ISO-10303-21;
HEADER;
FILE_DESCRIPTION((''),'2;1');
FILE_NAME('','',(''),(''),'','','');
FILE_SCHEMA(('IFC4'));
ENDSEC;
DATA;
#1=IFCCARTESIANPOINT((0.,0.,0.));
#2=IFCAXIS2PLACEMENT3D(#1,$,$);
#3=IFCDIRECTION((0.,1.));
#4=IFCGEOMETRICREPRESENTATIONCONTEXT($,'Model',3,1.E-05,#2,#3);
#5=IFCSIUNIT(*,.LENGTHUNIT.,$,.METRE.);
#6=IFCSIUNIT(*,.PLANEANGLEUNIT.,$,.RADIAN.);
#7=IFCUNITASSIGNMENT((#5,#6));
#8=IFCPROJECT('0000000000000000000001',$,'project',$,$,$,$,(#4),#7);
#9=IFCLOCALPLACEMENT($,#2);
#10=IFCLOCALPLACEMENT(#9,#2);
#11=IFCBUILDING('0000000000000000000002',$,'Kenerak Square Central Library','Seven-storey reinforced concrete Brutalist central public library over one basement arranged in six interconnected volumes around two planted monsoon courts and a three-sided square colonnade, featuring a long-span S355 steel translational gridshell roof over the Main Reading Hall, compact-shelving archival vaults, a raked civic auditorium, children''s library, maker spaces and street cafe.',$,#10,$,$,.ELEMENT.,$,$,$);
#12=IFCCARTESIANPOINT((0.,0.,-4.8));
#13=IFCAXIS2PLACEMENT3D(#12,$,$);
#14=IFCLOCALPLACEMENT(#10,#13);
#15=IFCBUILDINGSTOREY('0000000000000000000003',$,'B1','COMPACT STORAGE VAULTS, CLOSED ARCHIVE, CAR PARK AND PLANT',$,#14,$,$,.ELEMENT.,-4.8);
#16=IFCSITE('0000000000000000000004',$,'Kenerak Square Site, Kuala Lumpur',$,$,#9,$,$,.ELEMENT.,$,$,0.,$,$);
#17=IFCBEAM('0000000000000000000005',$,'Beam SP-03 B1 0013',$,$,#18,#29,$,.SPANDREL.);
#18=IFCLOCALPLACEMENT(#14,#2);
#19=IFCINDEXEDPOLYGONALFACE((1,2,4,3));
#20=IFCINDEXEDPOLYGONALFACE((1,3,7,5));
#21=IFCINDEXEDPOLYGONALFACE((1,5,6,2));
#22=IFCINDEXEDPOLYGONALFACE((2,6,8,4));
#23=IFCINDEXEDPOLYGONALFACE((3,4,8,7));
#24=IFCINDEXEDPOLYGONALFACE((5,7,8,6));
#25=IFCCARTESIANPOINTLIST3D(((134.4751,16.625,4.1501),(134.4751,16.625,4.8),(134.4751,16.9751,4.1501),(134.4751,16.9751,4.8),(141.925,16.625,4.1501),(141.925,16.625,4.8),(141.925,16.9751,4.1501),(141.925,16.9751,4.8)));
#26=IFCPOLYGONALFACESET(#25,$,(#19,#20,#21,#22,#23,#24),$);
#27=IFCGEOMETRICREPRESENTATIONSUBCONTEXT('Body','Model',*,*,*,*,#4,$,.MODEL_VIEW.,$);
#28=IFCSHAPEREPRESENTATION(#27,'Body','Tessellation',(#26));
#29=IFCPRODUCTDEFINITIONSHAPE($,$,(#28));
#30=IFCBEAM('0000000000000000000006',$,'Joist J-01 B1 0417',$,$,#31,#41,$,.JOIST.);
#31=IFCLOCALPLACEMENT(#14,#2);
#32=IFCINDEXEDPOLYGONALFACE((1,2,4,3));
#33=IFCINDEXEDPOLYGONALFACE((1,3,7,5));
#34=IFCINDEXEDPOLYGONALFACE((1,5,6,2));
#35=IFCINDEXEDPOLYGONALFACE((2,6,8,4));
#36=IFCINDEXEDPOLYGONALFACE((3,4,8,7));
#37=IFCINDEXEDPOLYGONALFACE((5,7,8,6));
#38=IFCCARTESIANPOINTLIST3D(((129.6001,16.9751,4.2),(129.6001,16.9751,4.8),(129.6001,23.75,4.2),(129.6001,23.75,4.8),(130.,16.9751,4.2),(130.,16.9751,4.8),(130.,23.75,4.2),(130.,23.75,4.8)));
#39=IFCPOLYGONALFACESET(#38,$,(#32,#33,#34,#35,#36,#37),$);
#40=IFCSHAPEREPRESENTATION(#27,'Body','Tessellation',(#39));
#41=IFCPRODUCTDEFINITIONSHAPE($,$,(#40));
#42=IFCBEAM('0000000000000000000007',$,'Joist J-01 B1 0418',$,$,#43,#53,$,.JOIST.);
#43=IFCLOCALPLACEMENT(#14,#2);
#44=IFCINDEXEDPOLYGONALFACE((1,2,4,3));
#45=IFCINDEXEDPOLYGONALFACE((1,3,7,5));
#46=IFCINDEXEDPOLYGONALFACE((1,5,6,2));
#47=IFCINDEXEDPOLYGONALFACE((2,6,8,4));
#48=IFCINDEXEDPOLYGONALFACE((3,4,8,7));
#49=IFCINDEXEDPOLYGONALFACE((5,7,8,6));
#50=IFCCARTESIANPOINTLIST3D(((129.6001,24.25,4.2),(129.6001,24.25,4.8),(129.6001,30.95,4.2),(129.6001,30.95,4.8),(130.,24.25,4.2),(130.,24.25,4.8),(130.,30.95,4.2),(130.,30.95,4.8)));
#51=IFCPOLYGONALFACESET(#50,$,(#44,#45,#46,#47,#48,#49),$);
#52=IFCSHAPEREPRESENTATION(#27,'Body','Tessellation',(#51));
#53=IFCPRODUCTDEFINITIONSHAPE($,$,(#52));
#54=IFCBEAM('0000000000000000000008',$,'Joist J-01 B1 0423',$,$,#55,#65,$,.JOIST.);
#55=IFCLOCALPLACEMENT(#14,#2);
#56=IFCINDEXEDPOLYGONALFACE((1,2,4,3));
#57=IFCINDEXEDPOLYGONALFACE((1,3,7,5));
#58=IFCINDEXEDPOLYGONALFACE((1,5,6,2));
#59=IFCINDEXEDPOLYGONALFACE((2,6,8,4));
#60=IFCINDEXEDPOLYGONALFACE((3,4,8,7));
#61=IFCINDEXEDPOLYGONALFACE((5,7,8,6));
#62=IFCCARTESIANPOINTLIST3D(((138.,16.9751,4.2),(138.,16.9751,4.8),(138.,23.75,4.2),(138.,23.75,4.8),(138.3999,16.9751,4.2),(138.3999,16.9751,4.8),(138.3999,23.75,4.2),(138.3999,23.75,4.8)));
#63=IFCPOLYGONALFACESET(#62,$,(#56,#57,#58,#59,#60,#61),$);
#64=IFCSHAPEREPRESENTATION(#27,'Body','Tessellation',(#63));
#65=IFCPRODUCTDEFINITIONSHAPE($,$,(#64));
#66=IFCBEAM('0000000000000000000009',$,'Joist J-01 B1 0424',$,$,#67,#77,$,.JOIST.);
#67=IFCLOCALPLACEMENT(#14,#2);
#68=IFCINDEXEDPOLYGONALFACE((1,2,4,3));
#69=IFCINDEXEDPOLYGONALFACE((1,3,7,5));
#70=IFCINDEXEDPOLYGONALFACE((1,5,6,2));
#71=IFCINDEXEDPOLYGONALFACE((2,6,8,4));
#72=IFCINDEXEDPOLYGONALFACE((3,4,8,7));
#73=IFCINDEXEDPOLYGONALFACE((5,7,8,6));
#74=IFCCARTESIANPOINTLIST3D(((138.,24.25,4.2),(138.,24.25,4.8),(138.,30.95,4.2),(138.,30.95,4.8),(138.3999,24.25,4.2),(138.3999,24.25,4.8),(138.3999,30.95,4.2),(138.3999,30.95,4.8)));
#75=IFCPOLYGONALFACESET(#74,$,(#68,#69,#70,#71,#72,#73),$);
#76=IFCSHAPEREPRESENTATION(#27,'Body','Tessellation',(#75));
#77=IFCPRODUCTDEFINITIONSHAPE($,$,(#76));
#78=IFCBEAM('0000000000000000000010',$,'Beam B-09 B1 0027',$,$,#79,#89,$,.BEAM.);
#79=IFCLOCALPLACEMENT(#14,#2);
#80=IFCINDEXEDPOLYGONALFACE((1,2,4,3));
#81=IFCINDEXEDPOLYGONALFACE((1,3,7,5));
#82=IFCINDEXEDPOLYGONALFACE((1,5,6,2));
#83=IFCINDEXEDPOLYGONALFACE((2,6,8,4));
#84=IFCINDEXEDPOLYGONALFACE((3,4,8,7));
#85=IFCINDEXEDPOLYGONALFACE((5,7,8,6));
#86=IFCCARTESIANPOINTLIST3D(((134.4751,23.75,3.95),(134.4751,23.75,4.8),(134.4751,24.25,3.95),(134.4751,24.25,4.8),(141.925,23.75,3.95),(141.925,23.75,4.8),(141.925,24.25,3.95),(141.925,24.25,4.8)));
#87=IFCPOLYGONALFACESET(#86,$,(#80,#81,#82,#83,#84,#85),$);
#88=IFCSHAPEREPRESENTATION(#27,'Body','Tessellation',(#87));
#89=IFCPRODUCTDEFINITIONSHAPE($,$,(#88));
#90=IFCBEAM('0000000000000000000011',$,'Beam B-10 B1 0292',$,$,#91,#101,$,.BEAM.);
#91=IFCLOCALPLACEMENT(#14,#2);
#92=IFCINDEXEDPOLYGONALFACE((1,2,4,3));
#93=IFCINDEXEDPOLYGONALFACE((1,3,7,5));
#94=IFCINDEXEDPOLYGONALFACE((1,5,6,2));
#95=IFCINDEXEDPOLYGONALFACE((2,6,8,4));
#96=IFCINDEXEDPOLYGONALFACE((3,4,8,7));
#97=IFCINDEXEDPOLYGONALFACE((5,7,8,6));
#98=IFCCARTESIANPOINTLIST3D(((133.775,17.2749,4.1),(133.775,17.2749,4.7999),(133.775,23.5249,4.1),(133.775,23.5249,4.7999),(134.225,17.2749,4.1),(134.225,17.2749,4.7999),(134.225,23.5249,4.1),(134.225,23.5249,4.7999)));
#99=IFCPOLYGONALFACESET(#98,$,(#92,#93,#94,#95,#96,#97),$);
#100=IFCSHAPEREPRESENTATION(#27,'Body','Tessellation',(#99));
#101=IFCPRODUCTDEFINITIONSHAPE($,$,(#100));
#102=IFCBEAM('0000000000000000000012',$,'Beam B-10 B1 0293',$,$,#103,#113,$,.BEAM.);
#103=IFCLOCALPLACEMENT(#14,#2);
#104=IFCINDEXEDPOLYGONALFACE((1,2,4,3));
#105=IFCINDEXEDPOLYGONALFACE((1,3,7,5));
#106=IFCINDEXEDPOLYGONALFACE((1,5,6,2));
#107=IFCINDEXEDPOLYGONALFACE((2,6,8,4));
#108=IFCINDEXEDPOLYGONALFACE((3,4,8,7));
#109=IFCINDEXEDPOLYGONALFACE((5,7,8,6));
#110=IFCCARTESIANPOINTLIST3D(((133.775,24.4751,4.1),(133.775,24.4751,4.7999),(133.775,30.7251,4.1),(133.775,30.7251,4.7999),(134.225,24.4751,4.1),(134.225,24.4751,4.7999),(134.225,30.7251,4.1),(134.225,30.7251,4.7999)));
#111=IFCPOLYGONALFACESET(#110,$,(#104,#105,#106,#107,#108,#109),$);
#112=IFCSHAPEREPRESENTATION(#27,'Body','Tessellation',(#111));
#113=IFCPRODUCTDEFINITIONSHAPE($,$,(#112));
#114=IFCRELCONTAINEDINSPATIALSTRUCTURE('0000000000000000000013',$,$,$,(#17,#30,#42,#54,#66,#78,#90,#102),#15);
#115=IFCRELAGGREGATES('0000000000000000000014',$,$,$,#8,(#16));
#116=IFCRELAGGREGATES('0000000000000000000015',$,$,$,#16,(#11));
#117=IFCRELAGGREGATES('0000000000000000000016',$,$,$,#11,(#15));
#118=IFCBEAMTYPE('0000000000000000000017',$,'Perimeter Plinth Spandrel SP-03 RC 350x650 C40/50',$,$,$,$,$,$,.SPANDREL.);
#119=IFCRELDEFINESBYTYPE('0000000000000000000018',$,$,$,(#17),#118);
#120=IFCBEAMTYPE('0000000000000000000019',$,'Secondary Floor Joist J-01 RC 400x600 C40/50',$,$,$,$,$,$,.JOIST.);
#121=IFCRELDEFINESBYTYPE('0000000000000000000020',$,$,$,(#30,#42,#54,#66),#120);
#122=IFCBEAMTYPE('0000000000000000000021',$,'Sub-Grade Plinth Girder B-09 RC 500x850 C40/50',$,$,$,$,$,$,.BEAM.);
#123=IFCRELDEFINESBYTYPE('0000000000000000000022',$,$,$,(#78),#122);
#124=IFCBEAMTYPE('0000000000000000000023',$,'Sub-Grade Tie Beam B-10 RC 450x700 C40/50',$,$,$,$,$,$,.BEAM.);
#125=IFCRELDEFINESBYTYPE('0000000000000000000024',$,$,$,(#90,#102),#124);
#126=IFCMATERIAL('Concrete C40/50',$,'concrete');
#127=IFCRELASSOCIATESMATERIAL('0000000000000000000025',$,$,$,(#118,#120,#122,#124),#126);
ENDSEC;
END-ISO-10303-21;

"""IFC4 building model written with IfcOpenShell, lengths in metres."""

from ifc_helpers import new_model, si_unit, direction, frame, origin, origin_2d, place, context, subcontext, project, spatial, rectangle, extrude, material, material_profile, profile_set, type_object, element, save


model = new_model("IFC4")

# Units and contexts
model_context = context("Model", 3, precision=1e-05, world=origin(), true_north=direction((0.0, 1.0)))
body_context = subcontext(model_context, "Body", "Model", "MODEL_VIEW")
ifc_project = project(units=[si_unit("LENGTHUNIT", "METRE"), si_unit("PLANEANGLEUNIT", "RADIAN")], contexts=[model_context])

# Site, building, storey
site_placement = place(None, origin())
site = spatial("IfcSite", under=ifc_project, at=site_placement, Name="Kenerak Square Site, Kuala Lumpur", CompositionType="ELEMENT", RefElevation=0.0)
building_placement = place(site_placement, origin())
building = spatial("IfcBuilding", under=site, at=building_placement, Name="Kenerak Square Central Library", Description="Seven-storey reinforced concrete Brutalist central public library over one basement arranged in six interconnected volumes around two planted monsoon courts and a three-sided square colonnade, featuring a long-span S355 steel translational gridshell roof over the Main Reading Hall, compact-shelving archival vaults, a raked civic auditorium, children's library, maker spaces and street cafe.", CompositionType="ELEMENT")
storey_placement = place(building_placement, frame((0.0, 0.0, -4.8)))
storey = spatial("IfcBuildingStorey", under=building, at=storey_placement, Name="B1", Description="COMPACT STORAGE VAULTS, CLOSED ARCHIVE, CAR PARK AND PLANT", CompositionType="ELEMENT", Elevation=-4.8)

# Shared definitions
ifc_material_1 = material(Name="Concrete C40/50", Category="concrete")

# Beams
ifc_material_profile_1 = material_profile(ifc_material_1, rectangle(XDim=0.3501, YDim=0.6499, at=origin_2d()), Name="RC 350x650")
ifc_profile_set_1 = profile_set([ifc_material_profile_1], Name="Concrete C40/50")
beam_type_1 = type_object("IfcBeamType", Name="Perimeter Plinth Spandrel SP-03 RC 350x650 C40/50", PredefinedType="SPANDREL", material=ifc_profile_set_1)
beam_1_placement = place(storey_placement, frame((134.4751, 16.8, 4.4751), z_axis=(1.0, 0.0, 0.0), x_axis=(0.0, 1.0, 0.0)))
element("IfcBeam", 1, at=beam_1_placement, inside=storey, type_object=beam_type_1, Name="Beam SP-03 B1 0013", PredefinedType="SPANDREL", context=body_context, shape_type="SweptSolid", body=[
    extrude(rectangle(XDim=0.3501, YDim=0.6499, at=origin_2d()), origin(), (0.0, 0.0, 1.0), 7.45),
])
ifc_material_profile_2 = material_profile(ifc_material_1, rectangle(XDim=0.3999, YDim=0.6001, at=origin_2d()), Name="RC 400x600")
ifc_profile_set_2 = profile_set([ifc_material_profile_2], Name="Concrete C40/50")
beam_type_2 = type_object("IfcBeamType", Name="Secondary Floor Joist J-01 RC 400x600 C40/50", PredefinedType="JOIST", material=ifc_profile_set_2)
beam_2_placement = place(storey_placement, frame((129.8, 16.9751, 4.5), z_axis=(0.0, 1.0, 0.0), x_axis=(-1.0, 0.0, 0.0)))
element("IfcBeam", 2, at=beam_2_placement, inside=storey, type_object=beam_type_2, Name="Joist J-01 B1 0417", PredefinedType="JOIST", context=body_context, shape_type="SweptSolid", body=[
    extrude(rectangle(XDim=0.3999, YDim=0.6001, at=origin_2d()), origin(), (0.0, 0.0, 1.0), 6.7749),
])
beam_3_placement = place(storey_placement, frame((129.8, 24.25, 4.5), z_axis=(0.0, 1.0, 0.0), x_axis=(-1.0, 0.0, 0.0)))
element("IfcBeam", 3, at=beam_3_placement, inside=storey, type_object=beam_type_2, Name="Joist J-01 B1 0418", PredefinedType="JOIST", context=body_context, shape_type="SweptSolid", body=[
    extrude(rectangle(XDim=0.3999, YDim=0.6001, at=origin_2d()), origin(), (0.0, 0.0, 1.0), 6.7),
])
beam_4_placement = place(storey_placement, frame((138.2, 16.9751, 4.5), z_axis=(0.0, 1.0, 0.0), x_axis=(-1.0, 0.0, 0.0)))
element("IfcBeam", 4, at=beam_4_placement, inside=storey, type_object=beam_type_2, Name="Joist J-01 B1 0423", PredefinedType="JOIST", context=body_context, shape_type="SweptSolid", body=[
    extrude(rectangle(XDim=0.3999, YDim=0.6001, at=origin_2d()), origin(), (0.0, 0.0, 1.0), 6.7749),
])
beam_5_placement = place(storey_placement, frame((138.2, 24.25, 4.5), z_axis=(0.0, 1.0, 0.0), x_axis=(-1.0, 0.0, 0.0)))
element("IfcBeam", 5, at=beam_5_placement, inside=storey, type_object=beam_type_2, Name="Joist J-01 B1 0424", PredefinedType="JOIST", context=body_context, shape_type="SweptSolid", body=[
    extrude(rectangle(XDim=0.3999, YDim=0.6001, at=origin_2d()), origin(), (0.0, 0.0, 1.0), 6.7),
])
ifc_material_profile_3 = material_profile(ifc_material_1, rectangle(XDim=0.5, YDim=0.8501, at=origin_2d()), Name="RC 500x850")
ifc_profile_set_3 = profile_set([ifc_material_profile_3], Name="Concrete C40/50")
beam_type_3 = type_object("IfcBeamType", Name="Sub-Grade Plinth Girder B-09 RC 500x850 C40/50", PredefinedType="BEAM", material=ifc_profile_set_3)
beam_6_placement = place(storey_placement, frame((134.4751, 24.0, 4.375), z_axis=(1.0, 0.0, 0.0), x_axis=(0.0, 1.0, 0.0)))
element("IfcBeam", 6, at=beam_6_placement, inside=storey, type_object=beam_type_3, Name="Beam B-09 B1 0027", PredefinedType="BEAM", context=body_context, shape_type="SweptSolid", body=[
    extrude(rectangle(XDim=0.5, YDim=0.8501, at=origin_2d()), origin(), (0.0, 0.0, 1.0), 7.45),
])
ifc_material_profile_4 = material_profile(ifc_material_1, rectangle(XDim=0.45, YDim=0.7, at=origin_2d()), Name="RC 450x700")
ifc_profile_set_4 = profile_set([ifc_material_profile_4], Name="Concrete C40/50")
beam_type_4 = type_object("IfcBeamType", Name="Sub-Grade Tie Beam B-10 RC 450x700 C40/50", PredefinedType="BEAM", material=ifc_profile_set_4)
for number, where, z_axis, x_axis, name in (
    (7, (134.0, 17.2749, 4.45), (0.0, 1.0, 0.0), (-1.0, 0.0, 0.0), "Beam B-10 B1 0292"),
    (8, (134.0, 24.4751, 4.45), (0.0, 1.0, 0.0), (-1.0, 0.0, 0.0), "Beam B-10 B1 0293"),
):
    element("IfcBeam", number, at=place(storey_placement, frame(where, z_axis=z_axis, x_axis=x_axis)), inside=storey, type_object=beam_type_4, Name=name, PredefinedType="BEAM", context=body_context, shape_type="SweptSolid", body=[
        extrude(rectangle(XDim=0.45, YDim=0.7, at=origin_2d()), origin(), (0.0, 0.0, 1.0), 6.25),
    ])

save(model, "model.ifc")
